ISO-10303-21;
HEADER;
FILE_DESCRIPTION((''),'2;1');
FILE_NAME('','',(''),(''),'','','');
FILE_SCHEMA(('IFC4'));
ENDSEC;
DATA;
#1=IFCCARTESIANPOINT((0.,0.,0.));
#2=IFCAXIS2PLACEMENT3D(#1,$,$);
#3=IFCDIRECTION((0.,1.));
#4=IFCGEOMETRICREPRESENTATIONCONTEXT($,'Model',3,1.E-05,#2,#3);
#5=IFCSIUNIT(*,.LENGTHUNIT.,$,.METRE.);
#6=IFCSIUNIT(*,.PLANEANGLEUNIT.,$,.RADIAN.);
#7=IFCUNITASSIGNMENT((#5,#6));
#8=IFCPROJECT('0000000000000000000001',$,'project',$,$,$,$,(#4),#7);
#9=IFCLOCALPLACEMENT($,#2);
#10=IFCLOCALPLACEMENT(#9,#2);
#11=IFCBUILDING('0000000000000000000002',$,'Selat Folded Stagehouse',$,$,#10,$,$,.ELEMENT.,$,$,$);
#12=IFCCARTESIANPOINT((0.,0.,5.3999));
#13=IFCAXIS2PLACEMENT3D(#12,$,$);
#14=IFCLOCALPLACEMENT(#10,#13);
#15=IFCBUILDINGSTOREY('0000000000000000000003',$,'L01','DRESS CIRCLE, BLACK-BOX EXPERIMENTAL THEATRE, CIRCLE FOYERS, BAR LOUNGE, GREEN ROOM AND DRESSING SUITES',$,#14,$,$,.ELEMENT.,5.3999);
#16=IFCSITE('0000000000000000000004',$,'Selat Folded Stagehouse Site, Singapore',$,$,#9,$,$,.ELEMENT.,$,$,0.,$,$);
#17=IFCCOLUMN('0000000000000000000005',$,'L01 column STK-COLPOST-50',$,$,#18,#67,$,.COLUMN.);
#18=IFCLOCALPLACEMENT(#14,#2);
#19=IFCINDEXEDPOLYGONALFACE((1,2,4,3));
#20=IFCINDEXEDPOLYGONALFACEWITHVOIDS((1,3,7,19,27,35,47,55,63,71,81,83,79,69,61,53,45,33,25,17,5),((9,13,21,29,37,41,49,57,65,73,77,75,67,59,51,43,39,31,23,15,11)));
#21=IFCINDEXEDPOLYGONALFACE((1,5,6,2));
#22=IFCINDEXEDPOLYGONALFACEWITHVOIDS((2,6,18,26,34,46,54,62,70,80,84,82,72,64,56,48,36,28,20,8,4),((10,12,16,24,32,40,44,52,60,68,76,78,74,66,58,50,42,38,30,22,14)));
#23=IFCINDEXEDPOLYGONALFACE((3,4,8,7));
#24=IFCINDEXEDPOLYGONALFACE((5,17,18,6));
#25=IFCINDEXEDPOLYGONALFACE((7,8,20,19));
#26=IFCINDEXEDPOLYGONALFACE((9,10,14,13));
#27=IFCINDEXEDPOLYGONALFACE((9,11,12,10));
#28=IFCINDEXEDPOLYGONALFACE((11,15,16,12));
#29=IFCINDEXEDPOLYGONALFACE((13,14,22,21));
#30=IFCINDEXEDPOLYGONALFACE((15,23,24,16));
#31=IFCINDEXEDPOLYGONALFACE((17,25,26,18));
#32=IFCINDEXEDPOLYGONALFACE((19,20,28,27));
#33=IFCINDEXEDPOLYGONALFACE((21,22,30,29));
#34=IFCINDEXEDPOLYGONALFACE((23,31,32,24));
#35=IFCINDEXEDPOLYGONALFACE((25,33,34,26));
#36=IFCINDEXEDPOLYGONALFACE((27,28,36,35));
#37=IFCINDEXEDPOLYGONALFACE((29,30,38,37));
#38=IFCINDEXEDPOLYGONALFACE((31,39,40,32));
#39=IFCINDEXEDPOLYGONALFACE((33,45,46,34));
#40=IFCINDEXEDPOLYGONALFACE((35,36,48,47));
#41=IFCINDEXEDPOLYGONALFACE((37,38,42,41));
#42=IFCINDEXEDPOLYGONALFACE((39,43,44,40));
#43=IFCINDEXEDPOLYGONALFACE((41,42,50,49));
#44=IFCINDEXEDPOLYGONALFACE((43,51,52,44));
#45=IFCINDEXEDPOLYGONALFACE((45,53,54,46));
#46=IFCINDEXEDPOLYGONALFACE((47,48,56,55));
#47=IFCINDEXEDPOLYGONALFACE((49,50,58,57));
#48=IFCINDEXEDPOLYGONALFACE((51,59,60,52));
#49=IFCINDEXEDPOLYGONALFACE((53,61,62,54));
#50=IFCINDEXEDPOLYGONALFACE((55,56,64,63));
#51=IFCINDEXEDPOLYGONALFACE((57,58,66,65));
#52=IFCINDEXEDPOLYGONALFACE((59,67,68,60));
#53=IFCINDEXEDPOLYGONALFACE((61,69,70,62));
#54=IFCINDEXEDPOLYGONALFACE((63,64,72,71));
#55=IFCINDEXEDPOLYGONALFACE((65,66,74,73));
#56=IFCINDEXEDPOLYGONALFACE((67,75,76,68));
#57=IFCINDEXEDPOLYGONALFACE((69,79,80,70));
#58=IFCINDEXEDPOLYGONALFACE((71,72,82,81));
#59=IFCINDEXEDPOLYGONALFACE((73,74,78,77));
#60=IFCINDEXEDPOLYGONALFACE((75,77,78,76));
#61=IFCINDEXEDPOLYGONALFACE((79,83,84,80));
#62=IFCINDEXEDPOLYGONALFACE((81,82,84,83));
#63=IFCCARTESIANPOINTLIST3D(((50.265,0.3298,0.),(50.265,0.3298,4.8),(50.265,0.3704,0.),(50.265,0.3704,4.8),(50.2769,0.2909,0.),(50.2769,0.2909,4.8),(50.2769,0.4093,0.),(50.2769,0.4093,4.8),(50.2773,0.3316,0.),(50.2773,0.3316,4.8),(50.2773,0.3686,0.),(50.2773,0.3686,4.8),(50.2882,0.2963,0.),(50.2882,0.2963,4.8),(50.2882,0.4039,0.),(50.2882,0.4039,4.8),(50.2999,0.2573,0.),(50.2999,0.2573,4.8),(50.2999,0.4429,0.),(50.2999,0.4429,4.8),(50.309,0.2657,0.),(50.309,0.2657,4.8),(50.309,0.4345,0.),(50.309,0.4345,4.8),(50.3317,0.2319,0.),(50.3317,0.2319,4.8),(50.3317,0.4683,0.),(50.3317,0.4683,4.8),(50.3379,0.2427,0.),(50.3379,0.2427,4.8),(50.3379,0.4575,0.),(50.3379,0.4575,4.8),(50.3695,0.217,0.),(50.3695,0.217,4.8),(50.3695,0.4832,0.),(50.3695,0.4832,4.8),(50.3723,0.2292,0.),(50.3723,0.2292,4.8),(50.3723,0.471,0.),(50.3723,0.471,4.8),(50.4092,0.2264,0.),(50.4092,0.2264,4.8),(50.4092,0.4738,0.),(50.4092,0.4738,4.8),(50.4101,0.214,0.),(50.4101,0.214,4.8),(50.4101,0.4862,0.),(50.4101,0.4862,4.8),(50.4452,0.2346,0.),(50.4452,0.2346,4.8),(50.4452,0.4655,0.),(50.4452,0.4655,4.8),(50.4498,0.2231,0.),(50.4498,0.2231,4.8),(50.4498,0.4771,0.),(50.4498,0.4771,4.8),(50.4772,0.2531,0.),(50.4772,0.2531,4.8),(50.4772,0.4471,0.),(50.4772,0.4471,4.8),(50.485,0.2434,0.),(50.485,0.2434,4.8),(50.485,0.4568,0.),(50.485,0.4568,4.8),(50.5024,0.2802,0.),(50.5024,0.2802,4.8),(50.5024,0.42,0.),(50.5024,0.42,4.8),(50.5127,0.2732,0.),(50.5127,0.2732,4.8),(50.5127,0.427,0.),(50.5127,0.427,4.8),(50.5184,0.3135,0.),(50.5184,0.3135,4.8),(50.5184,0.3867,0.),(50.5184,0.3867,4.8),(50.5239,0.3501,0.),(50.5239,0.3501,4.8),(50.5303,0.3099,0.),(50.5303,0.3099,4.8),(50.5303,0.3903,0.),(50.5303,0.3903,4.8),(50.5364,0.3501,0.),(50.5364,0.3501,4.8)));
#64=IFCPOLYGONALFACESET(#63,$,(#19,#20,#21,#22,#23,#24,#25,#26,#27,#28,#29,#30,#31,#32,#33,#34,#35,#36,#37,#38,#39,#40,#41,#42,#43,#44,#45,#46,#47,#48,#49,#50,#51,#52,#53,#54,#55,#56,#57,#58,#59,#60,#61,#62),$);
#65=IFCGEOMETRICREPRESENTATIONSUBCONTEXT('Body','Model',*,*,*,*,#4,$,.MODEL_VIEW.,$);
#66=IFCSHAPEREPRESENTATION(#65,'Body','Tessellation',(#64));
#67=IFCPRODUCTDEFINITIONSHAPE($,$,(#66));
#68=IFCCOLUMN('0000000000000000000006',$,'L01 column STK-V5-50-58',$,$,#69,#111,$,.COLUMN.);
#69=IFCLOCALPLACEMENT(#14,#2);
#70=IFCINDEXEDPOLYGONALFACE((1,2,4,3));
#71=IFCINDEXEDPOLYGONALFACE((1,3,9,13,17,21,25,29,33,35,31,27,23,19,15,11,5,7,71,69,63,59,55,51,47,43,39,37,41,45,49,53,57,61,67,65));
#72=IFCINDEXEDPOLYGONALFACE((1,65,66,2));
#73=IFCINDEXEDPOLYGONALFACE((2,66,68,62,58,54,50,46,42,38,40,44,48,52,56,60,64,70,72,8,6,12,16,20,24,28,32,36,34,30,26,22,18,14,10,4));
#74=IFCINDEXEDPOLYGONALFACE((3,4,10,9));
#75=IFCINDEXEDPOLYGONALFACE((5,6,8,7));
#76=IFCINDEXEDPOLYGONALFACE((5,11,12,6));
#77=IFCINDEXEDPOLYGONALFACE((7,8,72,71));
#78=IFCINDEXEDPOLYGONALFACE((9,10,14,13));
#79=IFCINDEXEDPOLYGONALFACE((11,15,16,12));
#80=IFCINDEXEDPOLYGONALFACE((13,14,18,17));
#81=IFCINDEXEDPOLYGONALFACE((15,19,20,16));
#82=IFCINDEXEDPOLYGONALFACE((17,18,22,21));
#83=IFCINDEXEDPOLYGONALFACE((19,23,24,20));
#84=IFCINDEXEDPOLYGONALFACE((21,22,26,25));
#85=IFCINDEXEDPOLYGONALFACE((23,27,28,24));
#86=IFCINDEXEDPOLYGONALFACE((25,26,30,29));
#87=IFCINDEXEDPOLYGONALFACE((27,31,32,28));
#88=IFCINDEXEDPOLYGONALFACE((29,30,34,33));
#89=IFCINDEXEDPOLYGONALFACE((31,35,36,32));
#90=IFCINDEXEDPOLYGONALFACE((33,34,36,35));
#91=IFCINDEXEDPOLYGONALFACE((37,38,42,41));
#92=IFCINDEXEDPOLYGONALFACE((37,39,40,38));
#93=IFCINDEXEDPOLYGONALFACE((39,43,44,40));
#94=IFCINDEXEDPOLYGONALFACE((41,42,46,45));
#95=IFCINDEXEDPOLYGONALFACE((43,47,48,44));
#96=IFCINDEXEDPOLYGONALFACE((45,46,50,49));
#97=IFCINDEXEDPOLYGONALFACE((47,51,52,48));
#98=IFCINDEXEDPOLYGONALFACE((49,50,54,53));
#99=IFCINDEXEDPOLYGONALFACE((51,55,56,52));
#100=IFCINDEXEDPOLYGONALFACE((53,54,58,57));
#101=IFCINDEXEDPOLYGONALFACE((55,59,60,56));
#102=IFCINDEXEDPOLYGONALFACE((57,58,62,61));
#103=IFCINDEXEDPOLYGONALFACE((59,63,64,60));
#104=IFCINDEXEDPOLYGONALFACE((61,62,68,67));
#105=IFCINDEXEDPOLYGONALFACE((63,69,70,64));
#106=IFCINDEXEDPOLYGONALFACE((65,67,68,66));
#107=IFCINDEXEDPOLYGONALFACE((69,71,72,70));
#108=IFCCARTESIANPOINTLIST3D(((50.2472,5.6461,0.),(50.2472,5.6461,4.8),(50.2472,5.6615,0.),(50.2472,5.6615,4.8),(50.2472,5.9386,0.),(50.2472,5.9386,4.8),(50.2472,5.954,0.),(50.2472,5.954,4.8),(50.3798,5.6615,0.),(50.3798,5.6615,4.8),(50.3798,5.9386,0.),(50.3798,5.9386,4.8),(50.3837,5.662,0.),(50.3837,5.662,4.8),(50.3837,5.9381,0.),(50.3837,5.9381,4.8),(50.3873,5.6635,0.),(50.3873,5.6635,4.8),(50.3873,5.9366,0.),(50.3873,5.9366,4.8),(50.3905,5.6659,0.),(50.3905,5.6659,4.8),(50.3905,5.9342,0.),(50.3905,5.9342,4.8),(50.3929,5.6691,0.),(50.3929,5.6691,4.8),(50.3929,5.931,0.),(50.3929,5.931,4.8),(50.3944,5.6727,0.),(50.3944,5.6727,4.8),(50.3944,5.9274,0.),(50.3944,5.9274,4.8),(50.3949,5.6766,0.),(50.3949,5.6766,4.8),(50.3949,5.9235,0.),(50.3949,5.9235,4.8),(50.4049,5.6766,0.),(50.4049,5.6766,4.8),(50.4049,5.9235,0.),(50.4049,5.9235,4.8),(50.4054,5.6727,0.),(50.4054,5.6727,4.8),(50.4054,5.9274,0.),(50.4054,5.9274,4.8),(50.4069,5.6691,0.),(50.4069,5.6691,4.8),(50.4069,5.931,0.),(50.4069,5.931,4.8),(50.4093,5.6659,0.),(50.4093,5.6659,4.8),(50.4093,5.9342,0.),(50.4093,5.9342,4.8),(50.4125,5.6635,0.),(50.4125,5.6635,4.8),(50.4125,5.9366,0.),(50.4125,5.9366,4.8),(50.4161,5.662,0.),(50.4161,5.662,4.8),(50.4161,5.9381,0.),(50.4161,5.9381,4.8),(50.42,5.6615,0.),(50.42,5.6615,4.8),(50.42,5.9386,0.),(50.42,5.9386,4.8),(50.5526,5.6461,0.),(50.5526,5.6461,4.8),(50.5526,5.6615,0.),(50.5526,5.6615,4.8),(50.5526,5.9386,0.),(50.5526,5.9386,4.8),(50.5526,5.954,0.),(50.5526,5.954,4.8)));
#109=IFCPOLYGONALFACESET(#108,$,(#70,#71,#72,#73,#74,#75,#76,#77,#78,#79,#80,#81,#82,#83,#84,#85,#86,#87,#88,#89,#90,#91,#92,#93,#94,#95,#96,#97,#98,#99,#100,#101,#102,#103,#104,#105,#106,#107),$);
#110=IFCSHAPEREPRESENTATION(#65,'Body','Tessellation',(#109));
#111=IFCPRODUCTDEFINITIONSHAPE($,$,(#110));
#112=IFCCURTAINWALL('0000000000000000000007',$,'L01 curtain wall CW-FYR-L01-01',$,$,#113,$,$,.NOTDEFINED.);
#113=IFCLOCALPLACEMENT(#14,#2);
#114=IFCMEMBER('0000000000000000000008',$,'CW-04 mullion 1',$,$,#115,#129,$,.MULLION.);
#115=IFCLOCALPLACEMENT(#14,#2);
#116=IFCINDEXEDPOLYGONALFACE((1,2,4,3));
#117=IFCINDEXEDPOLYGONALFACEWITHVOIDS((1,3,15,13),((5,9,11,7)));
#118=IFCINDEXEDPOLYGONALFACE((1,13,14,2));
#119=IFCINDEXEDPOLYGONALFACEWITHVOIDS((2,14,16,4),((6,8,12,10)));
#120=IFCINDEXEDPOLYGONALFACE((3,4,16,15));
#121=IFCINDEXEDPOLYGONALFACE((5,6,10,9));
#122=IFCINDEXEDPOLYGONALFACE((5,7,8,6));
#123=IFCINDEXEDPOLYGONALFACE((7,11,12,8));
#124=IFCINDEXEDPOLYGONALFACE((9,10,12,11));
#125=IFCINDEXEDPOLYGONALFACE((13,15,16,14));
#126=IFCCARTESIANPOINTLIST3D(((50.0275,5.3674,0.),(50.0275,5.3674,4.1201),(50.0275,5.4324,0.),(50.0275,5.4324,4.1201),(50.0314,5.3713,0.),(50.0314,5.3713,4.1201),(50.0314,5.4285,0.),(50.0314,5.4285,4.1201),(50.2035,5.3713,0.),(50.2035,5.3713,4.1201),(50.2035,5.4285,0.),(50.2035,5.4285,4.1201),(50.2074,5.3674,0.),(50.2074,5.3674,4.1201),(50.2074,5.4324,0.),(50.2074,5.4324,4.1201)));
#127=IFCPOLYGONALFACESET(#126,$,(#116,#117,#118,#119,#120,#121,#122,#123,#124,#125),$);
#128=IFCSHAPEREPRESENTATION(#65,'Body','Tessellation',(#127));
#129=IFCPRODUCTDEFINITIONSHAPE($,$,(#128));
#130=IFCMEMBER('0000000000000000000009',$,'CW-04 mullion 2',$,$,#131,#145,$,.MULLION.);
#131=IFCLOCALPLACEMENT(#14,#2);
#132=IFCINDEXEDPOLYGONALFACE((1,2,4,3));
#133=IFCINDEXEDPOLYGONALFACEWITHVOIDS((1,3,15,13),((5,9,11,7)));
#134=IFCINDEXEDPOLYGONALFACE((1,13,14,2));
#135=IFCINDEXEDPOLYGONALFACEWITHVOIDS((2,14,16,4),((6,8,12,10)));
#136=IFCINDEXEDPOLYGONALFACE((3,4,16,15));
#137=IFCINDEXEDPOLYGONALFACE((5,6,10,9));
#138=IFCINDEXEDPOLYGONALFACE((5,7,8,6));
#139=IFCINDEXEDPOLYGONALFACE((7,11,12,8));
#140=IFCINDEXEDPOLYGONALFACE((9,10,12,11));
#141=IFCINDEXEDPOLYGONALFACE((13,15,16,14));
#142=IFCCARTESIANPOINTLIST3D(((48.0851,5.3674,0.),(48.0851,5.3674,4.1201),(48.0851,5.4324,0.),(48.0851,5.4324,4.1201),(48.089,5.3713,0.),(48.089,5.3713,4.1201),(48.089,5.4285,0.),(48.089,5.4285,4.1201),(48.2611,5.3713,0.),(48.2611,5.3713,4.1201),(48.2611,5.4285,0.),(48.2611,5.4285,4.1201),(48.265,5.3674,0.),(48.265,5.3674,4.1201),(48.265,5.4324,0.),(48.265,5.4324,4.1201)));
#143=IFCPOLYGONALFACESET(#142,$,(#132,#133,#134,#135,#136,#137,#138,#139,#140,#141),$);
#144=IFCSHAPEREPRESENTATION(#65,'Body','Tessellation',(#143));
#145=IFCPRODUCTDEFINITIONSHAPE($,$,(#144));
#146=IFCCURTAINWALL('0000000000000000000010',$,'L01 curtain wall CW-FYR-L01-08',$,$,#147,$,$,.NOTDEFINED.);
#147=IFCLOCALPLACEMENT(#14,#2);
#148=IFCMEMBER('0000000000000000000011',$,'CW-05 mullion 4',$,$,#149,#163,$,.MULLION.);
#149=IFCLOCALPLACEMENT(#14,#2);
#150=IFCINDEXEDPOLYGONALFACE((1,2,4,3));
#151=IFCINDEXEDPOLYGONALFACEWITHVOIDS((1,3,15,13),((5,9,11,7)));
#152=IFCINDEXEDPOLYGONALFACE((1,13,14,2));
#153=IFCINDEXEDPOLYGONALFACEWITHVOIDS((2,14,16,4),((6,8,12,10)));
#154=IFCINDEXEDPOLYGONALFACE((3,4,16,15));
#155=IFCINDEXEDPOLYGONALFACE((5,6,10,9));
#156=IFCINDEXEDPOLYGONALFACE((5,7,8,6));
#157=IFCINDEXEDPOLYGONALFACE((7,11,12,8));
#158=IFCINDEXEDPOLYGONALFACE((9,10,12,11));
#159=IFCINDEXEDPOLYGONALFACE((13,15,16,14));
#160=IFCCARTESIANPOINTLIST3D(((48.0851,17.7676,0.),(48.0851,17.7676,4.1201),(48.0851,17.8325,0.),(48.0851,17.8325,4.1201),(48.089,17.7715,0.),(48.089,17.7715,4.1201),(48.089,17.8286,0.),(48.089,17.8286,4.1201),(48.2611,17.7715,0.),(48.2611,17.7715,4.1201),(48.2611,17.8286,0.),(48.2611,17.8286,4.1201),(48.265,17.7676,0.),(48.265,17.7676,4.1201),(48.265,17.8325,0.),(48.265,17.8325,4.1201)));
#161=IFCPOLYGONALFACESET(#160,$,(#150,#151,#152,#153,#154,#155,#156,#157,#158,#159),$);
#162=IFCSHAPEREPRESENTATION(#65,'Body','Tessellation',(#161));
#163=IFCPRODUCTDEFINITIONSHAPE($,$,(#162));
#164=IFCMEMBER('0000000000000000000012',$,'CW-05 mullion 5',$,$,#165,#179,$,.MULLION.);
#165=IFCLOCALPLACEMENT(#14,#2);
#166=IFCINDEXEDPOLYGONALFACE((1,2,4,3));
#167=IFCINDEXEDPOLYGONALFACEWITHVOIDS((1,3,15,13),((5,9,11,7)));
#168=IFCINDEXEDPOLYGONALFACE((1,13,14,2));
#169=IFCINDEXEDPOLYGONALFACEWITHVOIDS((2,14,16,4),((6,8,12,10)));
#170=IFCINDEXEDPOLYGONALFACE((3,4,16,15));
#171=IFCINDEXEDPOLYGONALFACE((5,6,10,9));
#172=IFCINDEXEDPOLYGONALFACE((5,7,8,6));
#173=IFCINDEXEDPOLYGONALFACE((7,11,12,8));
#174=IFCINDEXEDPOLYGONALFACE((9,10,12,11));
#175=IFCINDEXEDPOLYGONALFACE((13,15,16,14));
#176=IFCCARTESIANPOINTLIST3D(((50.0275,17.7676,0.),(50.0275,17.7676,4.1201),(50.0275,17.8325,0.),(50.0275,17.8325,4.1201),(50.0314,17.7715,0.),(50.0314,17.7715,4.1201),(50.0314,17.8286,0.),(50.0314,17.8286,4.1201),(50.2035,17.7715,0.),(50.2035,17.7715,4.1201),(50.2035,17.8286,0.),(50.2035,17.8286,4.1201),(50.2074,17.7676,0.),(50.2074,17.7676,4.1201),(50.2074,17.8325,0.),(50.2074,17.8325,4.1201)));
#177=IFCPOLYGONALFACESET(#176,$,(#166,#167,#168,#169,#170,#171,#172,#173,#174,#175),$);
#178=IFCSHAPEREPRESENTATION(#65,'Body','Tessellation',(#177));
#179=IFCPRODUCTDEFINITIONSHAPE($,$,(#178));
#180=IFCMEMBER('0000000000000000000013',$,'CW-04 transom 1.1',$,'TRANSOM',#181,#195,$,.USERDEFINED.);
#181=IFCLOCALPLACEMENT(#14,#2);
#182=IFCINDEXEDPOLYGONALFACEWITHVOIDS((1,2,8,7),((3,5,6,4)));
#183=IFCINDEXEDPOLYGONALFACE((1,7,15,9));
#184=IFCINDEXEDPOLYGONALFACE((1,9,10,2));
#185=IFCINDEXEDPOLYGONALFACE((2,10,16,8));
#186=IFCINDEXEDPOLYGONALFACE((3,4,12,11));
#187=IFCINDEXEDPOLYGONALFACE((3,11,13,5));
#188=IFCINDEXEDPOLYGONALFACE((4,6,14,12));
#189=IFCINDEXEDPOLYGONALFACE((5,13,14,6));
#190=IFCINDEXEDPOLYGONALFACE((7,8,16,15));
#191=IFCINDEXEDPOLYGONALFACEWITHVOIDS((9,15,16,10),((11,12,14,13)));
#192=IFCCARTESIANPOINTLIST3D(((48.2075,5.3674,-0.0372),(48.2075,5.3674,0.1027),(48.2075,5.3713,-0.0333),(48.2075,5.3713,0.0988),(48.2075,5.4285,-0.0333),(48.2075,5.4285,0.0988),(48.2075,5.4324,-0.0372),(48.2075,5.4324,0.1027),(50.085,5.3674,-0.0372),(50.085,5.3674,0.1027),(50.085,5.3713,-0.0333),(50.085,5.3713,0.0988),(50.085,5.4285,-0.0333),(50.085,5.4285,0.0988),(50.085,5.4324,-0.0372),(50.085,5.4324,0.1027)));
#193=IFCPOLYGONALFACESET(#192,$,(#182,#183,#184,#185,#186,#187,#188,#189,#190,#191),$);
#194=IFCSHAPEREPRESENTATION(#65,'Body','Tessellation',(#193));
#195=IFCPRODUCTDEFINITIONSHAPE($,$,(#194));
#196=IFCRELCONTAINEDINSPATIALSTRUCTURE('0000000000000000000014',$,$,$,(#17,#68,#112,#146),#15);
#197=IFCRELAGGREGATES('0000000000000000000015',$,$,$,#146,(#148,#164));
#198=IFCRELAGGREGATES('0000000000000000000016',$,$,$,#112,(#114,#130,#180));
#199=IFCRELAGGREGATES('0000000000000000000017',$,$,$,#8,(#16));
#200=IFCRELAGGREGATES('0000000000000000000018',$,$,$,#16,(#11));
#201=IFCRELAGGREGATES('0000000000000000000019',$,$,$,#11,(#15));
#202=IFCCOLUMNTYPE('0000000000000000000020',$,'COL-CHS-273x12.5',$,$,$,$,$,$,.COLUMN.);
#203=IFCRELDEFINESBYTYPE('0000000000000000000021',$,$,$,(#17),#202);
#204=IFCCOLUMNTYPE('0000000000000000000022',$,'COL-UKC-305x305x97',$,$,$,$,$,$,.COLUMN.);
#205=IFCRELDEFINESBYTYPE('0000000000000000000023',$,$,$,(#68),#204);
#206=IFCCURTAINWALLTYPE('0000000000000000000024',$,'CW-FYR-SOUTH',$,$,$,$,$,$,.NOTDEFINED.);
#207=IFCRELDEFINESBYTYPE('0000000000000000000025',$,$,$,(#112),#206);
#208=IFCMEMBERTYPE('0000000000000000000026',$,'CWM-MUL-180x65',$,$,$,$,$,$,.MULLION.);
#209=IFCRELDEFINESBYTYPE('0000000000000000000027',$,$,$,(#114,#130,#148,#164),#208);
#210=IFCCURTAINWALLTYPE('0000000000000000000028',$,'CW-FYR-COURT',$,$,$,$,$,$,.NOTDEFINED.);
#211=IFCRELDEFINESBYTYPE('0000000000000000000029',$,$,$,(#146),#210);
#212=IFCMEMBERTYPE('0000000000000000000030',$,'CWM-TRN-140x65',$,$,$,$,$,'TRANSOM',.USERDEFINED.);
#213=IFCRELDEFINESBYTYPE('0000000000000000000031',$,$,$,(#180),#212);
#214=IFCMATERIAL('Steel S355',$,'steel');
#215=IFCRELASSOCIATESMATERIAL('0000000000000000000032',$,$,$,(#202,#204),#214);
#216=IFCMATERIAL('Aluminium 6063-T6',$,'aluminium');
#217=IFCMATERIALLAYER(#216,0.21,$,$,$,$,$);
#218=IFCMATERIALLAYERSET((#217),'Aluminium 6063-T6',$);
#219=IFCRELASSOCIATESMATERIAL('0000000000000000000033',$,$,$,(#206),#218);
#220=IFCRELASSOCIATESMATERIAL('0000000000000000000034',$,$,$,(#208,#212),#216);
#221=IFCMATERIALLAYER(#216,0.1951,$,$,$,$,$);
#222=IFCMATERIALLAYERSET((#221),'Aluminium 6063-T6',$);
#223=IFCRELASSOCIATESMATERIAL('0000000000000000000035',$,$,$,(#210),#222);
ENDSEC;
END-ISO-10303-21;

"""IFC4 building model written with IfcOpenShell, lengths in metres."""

from ifc_helpers import new_model, si_unit, direction, frame, origin, origin_2d, place, context, subcontext, project, spatial, hollow_rectangle, hollow_circle, i_section, extrude, material, layer, layer_set, material_profile, profile_set, type_object, element, aggregate, save


model = new_model("IFC4")

# Units and contexts
model_context = context("Model", 3, precision=1e-05, world=origin(), true_north=direction((0.0, 1.0)))
body_context = subcontext(model_context, "Body", "Model", "MODEL_VIEW")
ifc_project = project(units=[si_unit("LENGTHUNIT", "METRE"), si_unit("PLANEANGLEUNIT", "RADIAN")], contexts=[model_context])

# Site, building, storey
site_placement = place(None, origin())
site = spatial("IfcSite", under=ifc_project, at=site_placement, Name="Selat Folded Stagehouse Site, Singapore", CompositionType="ELEMENT", RefElevation=0.0)
building_placement = place(site_placement, origin())
building = spatial("IfcBuilding", under=site, at=building_placement, Name="Selat Folded Stagehouse", CompositionType="ELEMENT")
storey_placement = place(building_placement, frame((0.0, 0.0, 5.3999)))
storey = spatial("IfcBuildingStorey", under=building, at=storey_placement, Name="L01", Description="DRESS CIRCLE, BLACK-BOX EXPERIMENTAL THEATRE, CIRCLE FOYERS, BAR LOUNGE, GREEN ROOM AND DRESSING SUITES", CompositionType="ELEMENT", Elevation=5.3999)

# Columns
ifc_material_1 = material(Name="Steel S355", Category="steel")
ifc_material_profile_1 = material_profile(ifc_material_1, hollow_circle(Radius=0.1365, WallThickness=0.0125, at=origin_2d()), Name="CHS 273.0x12.5")
ifc_profile_set_1 = profile_set([ifc_material_profile_1], Name="Steel S355")
column_type_1 = type_object("IfcColumnType", Name="COL-CHS-273x12.5", PredefinedType="COLUMN", material=ifc_profile_set_1)
column_1_placement = place(storey_placement, frame((50.3999, 0.3501, 0.0), z_axis=(0.0, 0.0, 1.0), x_axis=(1.0, 0.0, 0.0)))
element("IfcColumn", 1, at=column_1_placement, inside=storey, type_object=column_type_1, Name="L01 column STK-COLPOST-50", PredefinedType="COLUMN", context=body_context, shape_type="SweptSolid", body=[
    extrude(hollow_circle(Radius=0.1365, WallThickness=0.0125, at=origin_2d()), origin(), (0.0, 0.0, 1.0), 4.8),
])
ifc_material_profile_2 = material_profile(ifc_material_1, i_section(OverallWidth=0.3054, OverallDepth=0.3079, WebThickness=0.01, FlangeThickness=0.0154, FilletRadius=0.0151, at=origin_2d()), Name="UKC 305x305x97")
ifc_profile_set_2 = profile_set([ifc_material_profile_2], Name="Steel S355")
column_type_2 = type_object("IfcColumnType", Name="COL-UKC-305x305x97", PredefinedType="COLUMN", material=ifc_profile_set_2)
column_2_placement = place(storey_placement, frame((50.3999, 5.8, 0.0), z_axis=(0.0, 0.0, 1.0), x_axis=(1.0, 0.0, 0.0)))
element("IfcColumn", 2, at=column_2_placement, inside=storey, type_object=column_type_2, Name="L01 column STK-V5-50-58", PredefinedType="COLUMN", context=body_context, shape_type="SweptSolid", body=[
    extrude(i_section(OverallWidth=0.3054, OverallDepth=0.3079, WebThickness=0.01, FlangeThickness=0.0154, FilletRadius=0.0151, at=origin_2d()), origin(), (0.0, 0.0, 1.0), 4.8),
])

# Curtain walls, members
ifc_material_2 = material(Name="Aluminium 6063-T6", Category="aluminium")
ifc_layer_1 = layer(ifc_material_2, 0.21)
ifc_layer_set_1 = layer_set([ifc_layer_1], Name="Aluminium 6063-T6")
curtain_wall_type_1 = type_object("IfcCurtainWallType", Name="CW-FYR-SOUTH", PredefinedType="NOTDEFINED", material=ifc_layer_set_1)
curtain_wall_1_placement = place(storey_placement, origin())
curtain_wall_1 = element("IfcCurtainWall", 3, at=curtain_wall_1_placement, inside=storey, type_object=curtain_wall_type_1, Name="L01 curtain wall CW-FYR-L01-01", PredefinedType="NOTDEFINED")
ifc_material_profile_3 = material_profile(ifc_material_2, hollow_rectangle(XDim=0.0649, YDim=0.1799, WallThickness=0.0039, at=origin_2d()), Name="ALU 180x65x4.0")
ifc_profile_set_3 = profile_set([ifc_material_profile_3], Name="Aluminium 6063-T6")
member_type_1 = type_object("IfcMemberType", Name="CWM-MUL-180x65", PredefinedType="MULLION", material=ifc_profile_set_3)
member_1_placement = place(storey_placement, frame((50.1174, 5.3999, 0.0), z_axis=(0.0, 0.0, 1.0), x_axis=(0.0, -1.0, 0.0)))
member_1 = element("IfcMember", 4, at=member_1_placement, type_object=member_type_1, Name="CW-04 mullion 1", PredefinedType="MULLION", context=body_context, shape_type="SweptSolid", body=[
    extrude(hollow_rectangle(XDim=0.0649, YDim=0.1799, WallThickness=0.0039, at=origin_2d()), origin(), (0.0, 0.0, 1.0), 4.1201),
])
member_2_placement = place(storey_placement, frame((48.175, 5.3999, 0.0), z_axis=(0.0, 0.0, 1.0), x_axis=(0.0, -1.0, 0.0)))
member_2 = element("IfcMember", 5, at=member_2_placement, type_object=member_type_1, Name="CW-04 mullion 2", PredefinedType="MULLION", context=body_context, shape_type="SweptSolid", body=[
    extrude(hollow_rectangle(XDim=0.0649, YDim=0.1799, WallThickness=0.0039, at=origin_2d()), origin(), (0.0, 0.0, 1.0), 4.1201),
])
ifc_layer_2 = layer(ifc_material_2, 0.1951)
ifc_layer_set_2 = layer_set([ifc_layer_2], Name="Aluminium 6063-T6")
curtain_wall_type_2 = type_object("IfcCurtainWallType", Name="CW-FYR-COURT", PredefinedType="NOTDEFINED", material=ifc_layer_set_2)
curtain_wall_2_placement = place(storey_placement, origin())
curtain_wall_2 = element("IfcCurtainWall", 6, at=curtain_wall_2_placement, inside=storey, type_object=curtain_wall_type_2, Name="L01 curtain wall CW-FYR-L01-08", PredefinedType="NOTDEFINED")
member_3_placement = place(storey_placement, frame((48.175, 17.8, 0.0), z_axis=(0.0, 0.0, 1.0), x_axis=(0.0, 1.0, 0.0)))
member_3 = element("IfcMember", 7, at=member_3_placement, type_object=member_type_1, Name="CW-05 mullion 4", PredefinedType="MULLION", context=body_context, shape_type="SweptSolid", body=[
    extrude(hollow_rectangle(XDim=0.0649, YDim=0.1799, WallThickness=0.0039, at=origin_2d()), origin(), (0.0, 0.0, 1.0), 4.1201),
])
member_4_placement = place(storey_placement, frame((50.1174, 17.8, 0.0), z_axis=(0.0, 0.0, 1.0), x_axis=(0.0, 1.0, 0.0)))
member_4 = element("IfcMember", 8, at=member_4_placement, type_object=member_type_1, Name="CW-05 mullion 5", PredefinedType="MULLION", context=body_context, shape_type="SweptSolid", body=[
    extrude(hollow_rectangle(XDim=0.0649, YDim=0.1799, WallThickness=0.0039, at=origin_2d()), origin(), (0.0, 0.0, 1.0), 4.1201),
])

# Member
ifc_material_profile_4 = material_profile(ifc_material_2, hollow_rectangle(XDim=0.0649, YDim=0.1399, WallThickness=0.0039, at=origin_2d()), Name="ALU 140x65x4.0")
ifc_profile_set_4 = profile_set([ifc_material_profile_4], Name="Aluminium 6063-T6")
member_type_2 = type_object("IfcMemberType", Name="CWM-TRN-140x65", ElementType="TRANSOM", PredefinedType="USERDEFINED", material=ifc_profile_set_4)
member_5_placement = place(storey_placement, frame((50.085, 5.3999, 0.0327), z_axis=(-1.0, 0.0, 0.0), x_axis=(0.0, -1.0, 0.0)))
member_5 = element("IfcMember", 9, at=member_5_placement, type_object=member_type_2, Name="CW-04 transom 1.1", ObjectType="TRANSOM", PredefinedType="USERDEFINED", context=body_context, shape_type="SweptSolid", body=[
    extrude(hollow_rectangle(XDim=0.0649, YDim=0.1399, WallThickness=0.0039, at=origin_2d()), origin(), (0.0, 0.0, 1.0), 1.8774),
])

aggregate(curtain_wall_2, [member_3, member_4])
aggregate(curtain_wall_1, [member_1, member_2, member_5])

save(model, "model.ifc")
